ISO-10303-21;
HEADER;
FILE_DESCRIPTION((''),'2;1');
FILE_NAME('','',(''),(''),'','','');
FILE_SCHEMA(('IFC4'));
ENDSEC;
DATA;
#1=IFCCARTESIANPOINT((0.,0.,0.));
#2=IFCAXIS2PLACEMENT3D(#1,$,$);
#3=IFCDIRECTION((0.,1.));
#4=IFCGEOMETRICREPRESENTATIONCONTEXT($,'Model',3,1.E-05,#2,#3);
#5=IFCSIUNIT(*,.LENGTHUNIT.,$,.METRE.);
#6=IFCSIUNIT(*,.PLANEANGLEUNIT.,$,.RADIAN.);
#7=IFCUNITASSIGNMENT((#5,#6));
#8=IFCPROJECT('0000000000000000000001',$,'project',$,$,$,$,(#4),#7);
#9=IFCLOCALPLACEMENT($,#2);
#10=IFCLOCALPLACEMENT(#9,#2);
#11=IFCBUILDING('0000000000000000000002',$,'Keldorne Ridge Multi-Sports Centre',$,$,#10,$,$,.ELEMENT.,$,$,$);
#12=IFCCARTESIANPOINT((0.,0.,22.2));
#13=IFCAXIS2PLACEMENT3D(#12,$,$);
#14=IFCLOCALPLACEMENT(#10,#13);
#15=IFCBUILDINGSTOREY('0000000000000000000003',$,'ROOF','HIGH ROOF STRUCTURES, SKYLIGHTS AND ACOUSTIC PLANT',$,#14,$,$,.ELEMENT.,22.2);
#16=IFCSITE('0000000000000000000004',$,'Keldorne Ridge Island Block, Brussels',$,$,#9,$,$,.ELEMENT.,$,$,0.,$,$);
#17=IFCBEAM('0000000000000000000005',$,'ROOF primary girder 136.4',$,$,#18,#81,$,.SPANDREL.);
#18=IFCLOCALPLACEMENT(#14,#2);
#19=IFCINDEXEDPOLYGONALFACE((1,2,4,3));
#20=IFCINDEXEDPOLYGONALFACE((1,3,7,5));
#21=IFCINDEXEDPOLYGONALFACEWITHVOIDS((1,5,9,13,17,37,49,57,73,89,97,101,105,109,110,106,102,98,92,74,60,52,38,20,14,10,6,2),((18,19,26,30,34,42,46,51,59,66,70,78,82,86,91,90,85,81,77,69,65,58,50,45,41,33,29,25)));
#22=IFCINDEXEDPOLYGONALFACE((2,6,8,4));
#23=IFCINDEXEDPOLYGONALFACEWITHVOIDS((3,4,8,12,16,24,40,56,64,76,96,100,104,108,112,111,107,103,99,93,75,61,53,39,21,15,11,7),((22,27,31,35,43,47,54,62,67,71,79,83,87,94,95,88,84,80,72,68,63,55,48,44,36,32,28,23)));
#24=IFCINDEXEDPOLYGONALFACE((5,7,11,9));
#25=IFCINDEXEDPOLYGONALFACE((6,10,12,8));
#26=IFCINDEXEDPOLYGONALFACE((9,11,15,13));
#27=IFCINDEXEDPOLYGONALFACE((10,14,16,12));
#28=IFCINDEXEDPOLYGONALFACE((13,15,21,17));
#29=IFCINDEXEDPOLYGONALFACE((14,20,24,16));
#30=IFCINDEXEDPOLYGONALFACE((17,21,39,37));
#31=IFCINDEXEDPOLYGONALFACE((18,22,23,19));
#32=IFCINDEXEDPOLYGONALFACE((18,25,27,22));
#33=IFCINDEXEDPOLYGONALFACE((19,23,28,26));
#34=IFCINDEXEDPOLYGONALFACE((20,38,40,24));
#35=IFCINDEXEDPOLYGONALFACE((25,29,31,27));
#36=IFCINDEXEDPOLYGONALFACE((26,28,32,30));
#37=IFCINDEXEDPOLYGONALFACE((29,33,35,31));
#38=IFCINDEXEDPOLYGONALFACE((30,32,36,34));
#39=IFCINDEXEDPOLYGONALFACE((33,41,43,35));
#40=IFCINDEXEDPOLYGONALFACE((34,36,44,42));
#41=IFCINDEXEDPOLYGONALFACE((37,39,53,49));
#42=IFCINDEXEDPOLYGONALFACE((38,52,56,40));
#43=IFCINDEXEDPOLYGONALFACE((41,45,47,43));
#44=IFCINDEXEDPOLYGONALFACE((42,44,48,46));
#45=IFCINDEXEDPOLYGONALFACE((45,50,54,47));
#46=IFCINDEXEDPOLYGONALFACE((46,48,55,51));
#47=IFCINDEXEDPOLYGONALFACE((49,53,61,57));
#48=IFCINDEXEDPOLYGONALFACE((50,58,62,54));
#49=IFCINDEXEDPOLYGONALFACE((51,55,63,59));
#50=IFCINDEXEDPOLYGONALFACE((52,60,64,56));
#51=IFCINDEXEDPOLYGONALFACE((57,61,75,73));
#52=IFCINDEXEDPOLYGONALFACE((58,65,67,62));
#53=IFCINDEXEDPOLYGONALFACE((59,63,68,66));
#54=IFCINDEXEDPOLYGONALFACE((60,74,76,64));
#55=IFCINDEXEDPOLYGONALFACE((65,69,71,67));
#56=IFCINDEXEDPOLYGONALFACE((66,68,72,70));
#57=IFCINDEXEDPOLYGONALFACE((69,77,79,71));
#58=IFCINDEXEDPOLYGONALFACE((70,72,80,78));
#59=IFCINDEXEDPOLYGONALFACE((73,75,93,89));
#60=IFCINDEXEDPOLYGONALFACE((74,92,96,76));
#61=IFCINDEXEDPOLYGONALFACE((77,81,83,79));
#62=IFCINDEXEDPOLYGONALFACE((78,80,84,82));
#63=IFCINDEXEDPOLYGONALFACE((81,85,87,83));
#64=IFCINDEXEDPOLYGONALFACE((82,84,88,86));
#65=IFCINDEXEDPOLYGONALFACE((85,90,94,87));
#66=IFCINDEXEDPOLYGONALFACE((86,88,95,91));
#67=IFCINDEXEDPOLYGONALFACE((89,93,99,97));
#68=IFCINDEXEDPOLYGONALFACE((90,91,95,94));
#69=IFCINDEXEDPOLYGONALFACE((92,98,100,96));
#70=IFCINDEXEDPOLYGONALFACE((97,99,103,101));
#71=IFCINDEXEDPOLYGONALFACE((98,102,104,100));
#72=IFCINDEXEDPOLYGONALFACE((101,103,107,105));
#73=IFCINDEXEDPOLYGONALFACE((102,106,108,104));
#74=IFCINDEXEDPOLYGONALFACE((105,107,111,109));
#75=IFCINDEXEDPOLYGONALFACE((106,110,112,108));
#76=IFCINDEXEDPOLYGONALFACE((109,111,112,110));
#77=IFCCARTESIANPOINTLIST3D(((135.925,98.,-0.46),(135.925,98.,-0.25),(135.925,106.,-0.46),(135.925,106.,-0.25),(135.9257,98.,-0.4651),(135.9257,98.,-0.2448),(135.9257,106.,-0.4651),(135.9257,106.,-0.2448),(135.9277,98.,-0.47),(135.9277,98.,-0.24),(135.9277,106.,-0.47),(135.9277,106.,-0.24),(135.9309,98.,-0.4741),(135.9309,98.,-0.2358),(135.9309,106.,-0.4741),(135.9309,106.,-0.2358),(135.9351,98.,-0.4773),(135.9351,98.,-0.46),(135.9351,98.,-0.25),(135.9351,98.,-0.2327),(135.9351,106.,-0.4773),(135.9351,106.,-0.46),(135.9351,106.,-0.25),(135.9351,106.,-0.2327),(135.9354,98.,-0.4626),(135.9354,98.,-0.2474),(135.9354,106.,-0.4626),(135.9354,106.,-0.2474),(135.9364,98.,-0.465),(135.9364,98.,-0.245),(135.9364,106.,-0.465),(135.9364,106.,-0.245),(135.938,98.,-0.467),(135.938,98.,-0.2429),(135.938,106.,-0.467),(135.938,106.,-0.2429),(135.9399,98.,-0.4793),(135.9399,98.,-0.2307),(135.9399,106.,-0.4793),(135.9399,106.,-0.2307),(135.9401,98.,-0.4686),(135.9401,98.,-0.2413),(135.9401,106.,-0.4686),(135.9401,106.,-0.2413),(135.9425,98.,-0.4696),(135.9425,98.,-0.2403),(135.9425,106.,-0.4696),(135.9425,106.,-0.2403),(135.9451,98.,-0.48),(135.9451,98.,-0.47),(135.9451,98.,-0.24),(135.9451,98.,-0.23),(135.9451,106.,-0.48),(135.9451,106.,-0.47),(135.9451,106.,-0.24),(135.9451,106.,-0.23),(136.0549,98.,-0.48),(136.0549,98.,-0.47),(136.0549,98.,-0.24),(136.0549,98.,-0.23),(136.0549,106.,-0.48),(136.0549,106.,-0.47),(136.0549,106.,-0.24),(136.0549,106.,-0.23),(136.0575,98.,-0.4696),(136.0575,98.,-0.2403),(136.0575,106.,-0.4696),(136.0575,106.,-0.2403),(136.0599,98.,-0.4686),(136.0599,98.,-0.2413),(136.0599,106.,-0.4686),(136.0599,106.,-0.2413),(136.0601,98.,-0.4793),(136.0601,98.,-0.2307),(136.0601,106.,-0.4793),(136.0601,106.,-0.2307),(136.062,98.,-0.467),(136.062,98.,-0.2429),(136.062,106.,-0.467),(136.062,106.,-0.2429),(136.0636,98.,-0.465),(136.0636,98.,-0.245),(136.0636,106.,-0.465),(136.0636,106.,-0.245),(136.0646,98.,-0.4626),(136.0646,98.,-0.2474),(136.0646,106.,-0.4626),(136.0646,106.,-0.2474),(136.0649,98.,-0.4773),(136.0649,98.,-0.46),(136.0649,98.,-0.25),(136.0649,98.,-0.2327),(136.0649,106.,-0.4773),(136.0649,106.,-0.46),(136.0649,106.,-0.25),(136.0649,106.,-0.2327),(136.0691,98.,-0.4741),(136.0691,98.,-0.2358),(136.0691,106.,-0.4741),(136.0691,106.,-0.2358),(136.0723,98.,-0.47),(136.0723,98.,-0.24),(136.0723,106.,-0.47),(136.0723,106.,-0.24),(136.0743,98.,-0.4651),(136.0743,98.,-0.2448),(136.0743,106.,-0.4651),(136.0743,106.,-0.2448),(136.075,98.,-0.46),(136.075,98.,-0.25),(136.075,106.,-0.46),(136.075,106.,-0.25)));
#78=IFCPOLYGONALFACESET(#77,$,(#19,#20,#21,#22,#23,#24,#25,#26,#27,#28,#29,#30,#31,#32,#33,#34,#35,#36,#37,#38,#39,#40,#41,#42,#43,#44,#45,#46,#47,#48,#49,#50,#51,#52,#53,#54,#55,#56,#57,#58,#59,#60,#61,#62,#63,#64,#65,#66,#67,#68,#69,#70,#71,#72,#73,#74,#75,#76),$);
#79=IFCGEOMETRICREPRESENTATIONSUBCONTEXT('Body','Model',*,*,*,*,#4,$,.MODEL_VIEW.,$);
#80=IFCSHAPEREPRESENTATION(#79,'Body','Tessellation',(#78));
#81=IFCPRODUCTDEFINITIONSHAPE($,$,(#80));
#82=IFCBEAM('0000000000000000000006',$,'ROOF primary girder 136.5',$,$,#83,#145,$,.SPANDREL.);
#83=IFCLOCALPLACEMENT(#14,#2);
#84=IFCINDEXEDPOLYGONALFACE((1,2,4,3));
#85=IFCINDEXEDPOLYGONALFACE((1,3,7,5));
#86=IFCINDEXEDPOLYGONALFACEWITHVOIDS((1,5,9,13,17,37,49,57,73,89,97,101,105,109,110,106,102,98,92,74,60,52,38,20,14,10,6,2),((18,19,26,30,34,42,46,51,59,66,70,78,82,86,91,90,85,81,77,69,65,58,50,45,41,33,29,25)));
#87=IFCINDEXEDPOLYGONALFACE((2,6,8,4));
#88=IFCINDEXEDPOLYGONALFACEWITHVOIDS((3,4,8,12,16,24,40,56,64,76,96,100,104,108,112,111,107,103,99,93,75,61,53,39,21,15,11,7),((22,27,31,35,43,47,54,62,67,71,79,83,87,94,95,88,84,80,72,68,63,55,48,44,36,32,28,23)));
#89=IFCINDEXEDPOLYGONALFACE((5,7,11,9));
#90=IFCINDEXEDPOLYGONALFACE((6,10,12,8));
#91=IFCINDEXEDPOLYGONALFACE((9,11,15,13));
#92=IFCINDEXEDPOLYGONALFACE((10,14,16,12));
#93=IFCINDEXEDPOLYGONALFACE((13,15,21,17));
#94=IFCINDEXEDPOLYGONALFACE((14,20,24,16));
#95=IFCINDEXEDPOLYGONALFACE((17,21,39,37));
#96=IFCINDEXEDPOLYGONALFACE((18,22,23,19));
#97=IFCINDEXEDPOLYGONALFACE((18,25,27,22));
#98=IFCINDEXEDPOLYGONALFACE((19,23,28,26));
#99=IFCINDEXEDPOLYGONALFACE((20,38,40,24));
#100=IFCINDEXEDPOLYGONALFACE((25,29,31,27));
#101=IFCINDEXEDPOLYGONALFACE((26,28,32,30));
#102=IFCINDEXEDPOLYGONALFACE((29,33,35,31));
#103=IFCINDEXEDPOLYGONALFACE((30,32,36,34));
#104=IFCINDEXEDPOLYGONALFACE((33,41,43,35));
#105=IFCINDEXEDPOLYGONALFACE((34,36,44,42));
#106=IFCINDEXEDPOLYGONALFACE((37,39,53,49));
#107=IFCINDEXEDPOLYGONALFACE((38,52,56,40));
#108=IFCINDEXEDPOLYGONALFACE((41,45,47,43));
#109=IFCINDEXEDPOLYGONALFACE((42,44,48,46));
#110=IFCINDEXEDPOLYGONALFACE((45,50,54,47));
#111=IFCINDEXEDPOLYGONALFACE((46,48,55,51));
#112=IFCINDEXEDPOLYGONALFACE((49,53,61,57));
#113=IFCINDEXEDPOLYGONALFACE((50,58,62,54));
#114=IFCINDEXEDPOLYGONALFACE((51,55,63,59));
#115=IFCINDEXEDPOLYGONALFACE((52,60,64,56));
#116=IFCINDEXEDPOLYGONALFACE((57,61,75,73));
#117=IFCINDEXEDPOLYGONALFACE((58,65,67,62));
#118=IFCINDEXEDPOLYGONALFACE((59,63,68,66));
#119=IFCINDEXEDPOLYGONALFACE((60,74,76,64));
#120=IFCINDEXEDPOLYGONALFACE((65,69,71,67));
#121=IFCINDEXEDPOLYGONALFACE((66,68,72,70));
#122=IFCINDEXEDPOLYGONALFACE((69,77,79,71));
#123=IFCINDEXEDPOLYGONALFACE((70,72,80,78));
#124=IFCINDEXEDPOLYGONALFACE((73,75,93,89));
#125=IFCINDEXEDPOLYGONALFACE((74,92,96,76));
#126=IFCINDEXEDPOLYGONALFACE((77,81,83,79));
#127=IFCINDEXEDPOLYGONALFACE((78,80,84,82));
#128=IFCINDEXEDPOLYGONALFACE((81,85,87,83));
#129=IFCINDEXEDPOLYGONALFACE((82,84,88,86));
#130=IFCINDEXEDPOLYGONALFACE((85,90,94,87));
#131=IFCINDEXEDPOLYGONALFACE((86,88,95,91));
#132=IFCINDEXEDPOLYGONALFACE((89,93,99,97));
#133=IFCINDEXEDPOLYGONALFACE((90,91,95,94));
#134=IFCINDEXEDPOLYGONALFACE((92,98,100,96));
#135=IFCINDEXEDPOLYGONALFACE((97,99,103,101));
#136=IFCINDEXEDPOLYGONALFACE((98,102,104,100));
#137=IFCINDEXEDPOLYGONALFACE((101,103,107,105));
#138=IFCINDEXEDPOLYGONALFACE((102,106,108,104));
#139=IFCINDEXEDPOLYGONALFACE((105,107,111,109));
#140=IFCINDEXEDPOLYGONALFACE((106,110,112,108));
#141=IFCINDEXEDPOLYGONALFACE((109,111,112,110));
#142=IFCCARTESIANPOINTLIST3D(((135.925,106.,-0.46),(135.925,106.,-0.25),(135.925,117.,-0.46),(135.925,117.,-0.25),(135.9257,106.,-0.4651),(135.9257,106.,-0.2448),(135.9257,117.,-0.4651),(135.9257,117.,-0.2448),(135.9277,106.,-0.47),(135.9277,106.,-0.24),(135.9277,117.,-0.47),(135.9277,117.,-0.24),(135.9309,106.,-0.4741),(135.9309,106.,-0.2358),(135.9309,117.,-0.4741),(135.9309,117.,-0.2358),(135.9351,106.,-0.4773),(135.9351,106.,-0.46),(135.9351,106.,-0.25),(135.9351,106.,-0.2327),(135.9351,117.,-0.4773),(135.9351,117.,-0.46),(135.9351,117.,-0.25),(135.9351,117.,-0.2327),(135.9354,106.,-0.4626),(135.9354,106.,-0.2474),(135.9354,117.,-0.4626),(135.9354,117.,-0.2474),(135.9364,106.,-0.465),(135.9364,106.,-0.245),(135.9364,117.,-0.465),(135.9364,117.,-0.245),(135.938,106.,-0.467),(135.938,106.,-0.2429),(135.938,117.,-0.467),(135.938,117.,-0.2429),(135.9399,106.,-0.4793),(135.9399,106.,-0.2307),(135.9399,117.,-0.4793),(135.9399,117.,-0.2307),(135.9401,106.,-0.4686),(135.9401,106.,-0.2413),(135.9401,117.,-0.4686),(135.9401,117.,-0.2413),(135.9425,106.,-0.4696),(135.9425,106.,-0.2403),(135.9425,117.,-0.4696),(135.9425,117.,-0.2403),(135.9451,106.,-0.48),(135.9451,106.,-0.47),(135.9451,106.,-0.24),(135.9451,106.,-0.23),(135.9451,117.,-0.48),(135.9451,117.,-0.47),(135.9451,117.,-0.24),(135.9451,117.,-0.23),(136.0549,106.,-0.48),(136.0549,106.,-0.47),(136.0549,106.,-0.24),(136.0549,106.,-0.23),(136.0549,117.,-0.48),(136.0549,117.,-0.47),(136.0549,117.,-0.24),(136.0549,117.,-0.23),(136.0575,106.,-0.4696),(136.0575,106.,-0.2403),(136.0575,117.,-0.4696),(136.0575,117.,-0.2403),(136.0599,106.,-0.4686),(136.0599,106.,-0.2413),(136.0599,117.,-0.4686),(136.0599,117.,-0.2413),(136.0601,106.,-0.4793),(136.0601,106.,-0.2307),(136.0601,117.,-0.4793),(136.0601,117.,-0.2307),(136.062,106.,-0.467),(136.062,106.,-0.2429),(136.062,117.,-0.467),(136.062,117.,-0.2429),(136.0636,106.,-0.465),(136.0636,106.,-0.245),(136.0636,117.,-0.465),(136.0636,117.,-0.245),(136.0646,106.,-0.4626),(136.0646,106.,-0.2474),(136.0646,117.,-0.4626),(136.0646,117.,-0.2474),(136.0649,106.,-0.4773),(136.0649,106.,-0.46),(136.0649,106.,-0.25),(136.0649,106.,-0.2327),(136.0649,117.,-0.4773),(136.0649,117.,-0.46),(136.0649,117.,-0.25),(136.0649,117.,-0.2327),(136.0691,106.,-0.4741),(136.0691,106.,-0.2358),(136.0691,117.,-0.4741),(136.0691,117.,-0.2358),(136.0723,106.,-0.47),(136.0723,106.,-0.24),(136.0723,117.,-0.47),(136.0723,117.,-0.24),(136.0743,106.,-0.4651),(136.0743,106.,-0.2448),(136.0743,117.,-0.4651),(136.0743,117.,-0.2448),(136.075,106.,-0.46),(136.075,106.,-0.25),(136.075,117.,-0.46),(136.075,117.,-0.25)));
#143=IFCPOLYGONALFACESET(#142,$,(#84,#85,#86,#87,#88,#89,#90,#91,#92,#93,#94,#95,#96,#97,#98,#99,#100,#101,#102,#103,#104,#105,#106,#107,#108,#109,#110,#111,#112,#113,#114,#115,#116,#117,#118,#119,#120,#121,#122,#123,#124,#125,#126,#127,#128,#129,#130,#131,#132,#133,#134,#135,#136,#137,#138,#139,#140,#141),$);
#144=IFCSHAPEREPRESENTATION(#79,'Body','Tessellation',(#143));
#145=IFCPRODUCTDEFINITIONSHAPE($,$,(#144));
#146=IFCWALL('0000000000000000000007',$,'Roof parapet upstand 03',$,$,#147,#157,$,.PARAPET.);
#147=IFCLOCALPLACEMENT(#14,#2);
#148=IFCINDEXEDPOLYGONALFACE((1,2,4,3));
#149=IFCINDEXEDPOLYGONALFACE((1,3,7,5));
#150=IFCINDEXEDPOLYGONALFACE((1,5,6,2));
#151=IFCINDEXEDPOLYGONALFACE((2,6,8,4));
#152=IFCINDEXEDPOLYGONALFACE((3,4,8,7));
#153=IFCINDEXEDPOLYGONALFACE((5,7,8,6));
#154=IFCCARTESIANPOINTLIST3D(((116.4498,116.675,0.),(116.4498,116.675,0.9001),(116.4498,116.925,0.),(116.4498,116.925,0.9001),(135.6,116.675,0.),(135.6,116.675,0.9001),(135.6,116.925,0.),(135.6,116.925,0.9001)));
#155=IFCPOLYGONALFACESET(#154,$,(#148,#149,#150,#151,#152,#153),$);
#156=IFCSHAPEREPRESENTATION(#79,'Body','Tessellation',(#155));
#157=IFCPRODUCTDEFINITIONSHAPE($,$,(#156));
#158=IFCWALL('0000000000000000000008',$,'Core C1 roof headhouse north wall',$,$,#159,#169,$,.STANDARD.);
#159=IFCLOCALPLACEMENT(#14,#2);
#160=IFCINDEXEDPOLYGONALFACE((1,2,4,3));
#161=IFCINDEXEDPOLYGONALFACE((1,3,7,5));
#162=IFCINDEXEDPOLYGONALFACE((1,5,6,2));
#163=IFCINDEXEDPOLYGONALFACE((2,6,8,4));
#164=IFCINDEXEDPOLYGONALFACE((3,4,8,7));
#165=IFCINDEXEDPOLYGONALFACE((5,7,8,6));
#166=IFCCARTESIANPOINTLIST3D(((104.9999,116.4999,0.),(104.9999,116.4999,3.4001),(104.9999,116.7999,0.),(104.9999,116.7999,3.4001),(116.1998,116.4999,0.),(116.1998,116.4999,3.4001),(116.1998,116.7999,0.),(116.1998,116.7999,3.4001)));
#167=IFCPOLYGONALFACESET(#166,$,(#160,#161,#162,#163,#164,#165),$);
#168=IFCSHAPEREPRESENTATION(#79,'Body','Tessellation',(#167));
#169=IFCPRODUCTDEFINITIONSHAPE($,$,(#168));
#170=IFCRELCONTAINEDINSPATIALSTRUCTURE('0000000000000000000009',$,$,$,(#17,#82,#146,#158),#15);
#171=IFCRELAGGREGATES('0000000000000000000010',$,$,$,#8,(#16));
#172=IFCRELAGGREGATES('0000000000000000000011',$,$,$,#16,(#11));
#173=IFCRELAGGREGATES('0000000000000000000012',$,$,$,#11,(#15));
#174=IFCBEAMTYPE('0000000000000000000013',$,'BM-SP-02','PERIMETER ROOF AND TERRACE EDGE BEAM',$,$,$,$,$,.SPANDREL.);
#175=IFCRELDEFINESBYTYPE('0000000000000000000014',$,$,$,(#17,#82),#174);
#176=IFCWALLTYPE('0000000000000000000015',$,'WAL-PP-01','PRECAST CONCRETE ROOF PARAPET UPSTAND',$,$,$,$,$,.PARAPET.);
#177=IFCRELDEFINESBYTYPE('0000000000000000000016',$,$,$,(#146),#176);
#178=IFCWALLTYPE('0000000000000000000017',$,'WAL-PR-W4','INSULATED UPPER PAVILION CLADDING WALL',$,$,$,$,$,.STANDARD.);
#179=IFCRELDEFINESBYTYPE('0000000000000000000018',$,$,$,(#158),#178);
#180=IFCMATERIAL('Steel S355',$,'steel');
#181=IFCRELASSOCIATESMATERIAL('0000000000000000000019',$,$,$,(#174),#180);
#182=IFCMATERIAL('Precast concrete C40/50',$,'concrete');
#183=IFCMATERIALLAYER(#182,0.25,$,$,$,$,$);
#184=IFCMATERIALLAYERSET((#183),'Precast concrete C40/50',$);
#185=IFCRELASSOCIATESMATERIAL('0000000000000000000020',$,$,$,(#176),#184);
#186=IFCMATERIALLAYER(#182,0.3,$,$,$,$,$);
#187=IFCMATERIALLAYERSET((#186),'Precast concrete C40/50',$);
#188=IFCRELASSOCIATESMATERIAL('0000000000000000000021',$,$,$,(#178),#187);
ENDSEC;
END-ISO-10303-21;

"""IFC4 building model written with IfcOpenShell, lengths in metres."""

from ifc_helpers import new_model, si_unit, direction, frame, frame_2d, origin, origin_2d, place, context, subcontext, project, spatial, rectangle, hollow_rectangle, extrude, material, layer, layer_set, material_profile, profile_set, type_object, element, save


model = new_model("IFC4")

# Units and contexts
model_context = context("Model", 3, precision=1e-05, world=origin(), true_north=direction((0.0, 1.0)))
body_context = subcontext(model_context, "Body", "Model", "MODEL_VIEW")
ifc_project = project(units=[si_unit("LENGTHUNIT", "METRE"), si_unit("PLANEANGLEUNIT", "RADIAN")], contexts=[model_context])

# Site, building, storey
site_placement = place(None, origin())
site = spatial("IfcSite", under=ifc_project, at=site_placement, Name="Keldorne Ridge Island Block, Brussels", CompositionType="ELEMENT", RefElevation=0.0)
building_placement = place(site_placement, origin())
building = spatial("IfcBuilding", under=site, at=building_placement, Name="Keldorne Ridge Multi-Sports Centre", CompositionType="ELEMENT")
storey_placement = place(building_placement, frame((0.0, 0.0, 22.2)))
storey = spatial("IfcBuildingStorey", under=building, at=storey_placement, Name="ROOF", Description="HIGH ROOF STRUCTURES, SKYLIGHTS AND ACOUSTIC PLANT", CompositionType="ELEMENT", Elevation=22.2)

# Beams
ifc_material_1 = material(Name="Steel S355", Category="steel")
ifc_material_profile_1 = material_profile(ifc_material_1, hollow_rectangle(XDim=0.1499, YDim=0.25, WallThickness=0.01, InnerFilletRadius=0.01, OuterFilletRadius=0.02, at=origin_2d()), Name="RHS 250x150x10")
ifc_profile_set_1 = profile_set([ifc_material_profile_1], Name="Steel S355")
beam_type_1 = type_object("IfcBeamType", Name="BM-SP-02", Description="PERIMETER ROOF AND TERRACE EDGE BEAM", PredefinedType="SPANDREL", material=ifc_profile_set_1)
beam_1_placement = place(storey_placement, frame((136.0, 98.0, -0.355), z_axis=(0.0, 1.0, 0.0), x_axis=(-1.0, 0.0, 0.0)))
element("IfcBeam", 1, at=beam_1_placement, inside=storey, type_object=beam_type_1, Name="ROOF primary girder 136.4", PredefinedType="SPANDREL", context=body_context, shape_type="SweptSolid", body=[
    extrude(hollow_rectangle(XDim=0.1499, YDim=0.25, WallThickness=0.01, InnerFilletRadius=0.01, OuterFilletRadius=0.02, at=origin_2d()), origin(), (0.0, 0.0, 1.0), 8.0),
])
beam_2_placement = place(storey_placement, frame((136.0, 106.0, -0.355), z_axis=(0.0, 1.0, 0.0), x_axis=(-1.0, 0.0, 0.0)))
element("IfcBeam", 2, at=beam_2_placement, inside=storey, type_object=beam_type_1, Name="ROOF primary girder 136.5", PredefinedType="SPANDREL", context=body_context, shape_type="SweptSolid", body=[
    extrude(hollow_rectangle(XDim=0.1499, YDim=0.25, WallThickness=0.01, InnerFilletRadius=0.01, OuterFilletRadius=0.02, at=origin_2d()), origin(), (0.0, 0.0, 1.0), 11.0),
])

# Walls
ifc_material_2 = material(Name="Precast concrete C40/50", Category="concrete")
ifc_layer_1 = layer(ifc_material_2, 0.25)
ifc_layer_set_1 = layer_set([ifc_layer_1], Name="Precast concrete C40/50")
wall_type_1 = type_object("IfcWallType", Name="WAL-PP-01", Description="PRECAST CONCRETE ROOF PARAPET UPSTAND", PredefinedType="PARAPET", material=ifc_layer_set_1)
wall_1_placement = place(storey_placement, frame((135.6001, 116.8, 0.0), z_axis=(0.0, 0.0, 1.0), x_axis=(-1.0, 0.0, 0.0)))
element("IfcWall", 3, at=wall_1_placement, inside=storey, type_object=wall_type_1, Name="Roof parapet upstand 03", PredefinedType="PARAPET", context=body_context, shape_type="SweptSolid", body=[
    extrude(rectangle(XDim=19.1501, YDim=0.25, at=frame_2d((9.5752, 0.0))), origin(), (0.0, 0.0, 1.0), 0.9001),
])
ifc_layer_2 = layer(ifc_material_2, 0.3)
ifc_layer_set_2 = layer_set([ifc_layer_2], Name="Precast concrete C40/50")
wall_type_2 = type_object("IfcWallType", Name="WAL-PR-W4", Description="INSULATED UPPER PAVILION CLADDING WALL", PredefinedType="STANDARD", material=ifc_layer_set_2)
wall_2_placement = place(storey_placement, frame((116.2, 116.6499, 0.0), z_axis=(0.0, 0.0, 1.0), x_axis=(-1.0, 0.0, 0.0)))
element("IfcWall", 4, at=wall_2_placement, inside=storey, type_object=wall_type_2, Name="Core C1 roof headhouse north wall", PredefinedType="STANDARD", context=body_context, shape_type="SweptSolid", body=[
    extrude(rectangle(XDim=11.2, YDim=0.3, at=frame_2d((5.6001, 0.0))), origin(), (0.0, 0.0, 1.0), 3.4001),
])

save(model, "model.ifc")
